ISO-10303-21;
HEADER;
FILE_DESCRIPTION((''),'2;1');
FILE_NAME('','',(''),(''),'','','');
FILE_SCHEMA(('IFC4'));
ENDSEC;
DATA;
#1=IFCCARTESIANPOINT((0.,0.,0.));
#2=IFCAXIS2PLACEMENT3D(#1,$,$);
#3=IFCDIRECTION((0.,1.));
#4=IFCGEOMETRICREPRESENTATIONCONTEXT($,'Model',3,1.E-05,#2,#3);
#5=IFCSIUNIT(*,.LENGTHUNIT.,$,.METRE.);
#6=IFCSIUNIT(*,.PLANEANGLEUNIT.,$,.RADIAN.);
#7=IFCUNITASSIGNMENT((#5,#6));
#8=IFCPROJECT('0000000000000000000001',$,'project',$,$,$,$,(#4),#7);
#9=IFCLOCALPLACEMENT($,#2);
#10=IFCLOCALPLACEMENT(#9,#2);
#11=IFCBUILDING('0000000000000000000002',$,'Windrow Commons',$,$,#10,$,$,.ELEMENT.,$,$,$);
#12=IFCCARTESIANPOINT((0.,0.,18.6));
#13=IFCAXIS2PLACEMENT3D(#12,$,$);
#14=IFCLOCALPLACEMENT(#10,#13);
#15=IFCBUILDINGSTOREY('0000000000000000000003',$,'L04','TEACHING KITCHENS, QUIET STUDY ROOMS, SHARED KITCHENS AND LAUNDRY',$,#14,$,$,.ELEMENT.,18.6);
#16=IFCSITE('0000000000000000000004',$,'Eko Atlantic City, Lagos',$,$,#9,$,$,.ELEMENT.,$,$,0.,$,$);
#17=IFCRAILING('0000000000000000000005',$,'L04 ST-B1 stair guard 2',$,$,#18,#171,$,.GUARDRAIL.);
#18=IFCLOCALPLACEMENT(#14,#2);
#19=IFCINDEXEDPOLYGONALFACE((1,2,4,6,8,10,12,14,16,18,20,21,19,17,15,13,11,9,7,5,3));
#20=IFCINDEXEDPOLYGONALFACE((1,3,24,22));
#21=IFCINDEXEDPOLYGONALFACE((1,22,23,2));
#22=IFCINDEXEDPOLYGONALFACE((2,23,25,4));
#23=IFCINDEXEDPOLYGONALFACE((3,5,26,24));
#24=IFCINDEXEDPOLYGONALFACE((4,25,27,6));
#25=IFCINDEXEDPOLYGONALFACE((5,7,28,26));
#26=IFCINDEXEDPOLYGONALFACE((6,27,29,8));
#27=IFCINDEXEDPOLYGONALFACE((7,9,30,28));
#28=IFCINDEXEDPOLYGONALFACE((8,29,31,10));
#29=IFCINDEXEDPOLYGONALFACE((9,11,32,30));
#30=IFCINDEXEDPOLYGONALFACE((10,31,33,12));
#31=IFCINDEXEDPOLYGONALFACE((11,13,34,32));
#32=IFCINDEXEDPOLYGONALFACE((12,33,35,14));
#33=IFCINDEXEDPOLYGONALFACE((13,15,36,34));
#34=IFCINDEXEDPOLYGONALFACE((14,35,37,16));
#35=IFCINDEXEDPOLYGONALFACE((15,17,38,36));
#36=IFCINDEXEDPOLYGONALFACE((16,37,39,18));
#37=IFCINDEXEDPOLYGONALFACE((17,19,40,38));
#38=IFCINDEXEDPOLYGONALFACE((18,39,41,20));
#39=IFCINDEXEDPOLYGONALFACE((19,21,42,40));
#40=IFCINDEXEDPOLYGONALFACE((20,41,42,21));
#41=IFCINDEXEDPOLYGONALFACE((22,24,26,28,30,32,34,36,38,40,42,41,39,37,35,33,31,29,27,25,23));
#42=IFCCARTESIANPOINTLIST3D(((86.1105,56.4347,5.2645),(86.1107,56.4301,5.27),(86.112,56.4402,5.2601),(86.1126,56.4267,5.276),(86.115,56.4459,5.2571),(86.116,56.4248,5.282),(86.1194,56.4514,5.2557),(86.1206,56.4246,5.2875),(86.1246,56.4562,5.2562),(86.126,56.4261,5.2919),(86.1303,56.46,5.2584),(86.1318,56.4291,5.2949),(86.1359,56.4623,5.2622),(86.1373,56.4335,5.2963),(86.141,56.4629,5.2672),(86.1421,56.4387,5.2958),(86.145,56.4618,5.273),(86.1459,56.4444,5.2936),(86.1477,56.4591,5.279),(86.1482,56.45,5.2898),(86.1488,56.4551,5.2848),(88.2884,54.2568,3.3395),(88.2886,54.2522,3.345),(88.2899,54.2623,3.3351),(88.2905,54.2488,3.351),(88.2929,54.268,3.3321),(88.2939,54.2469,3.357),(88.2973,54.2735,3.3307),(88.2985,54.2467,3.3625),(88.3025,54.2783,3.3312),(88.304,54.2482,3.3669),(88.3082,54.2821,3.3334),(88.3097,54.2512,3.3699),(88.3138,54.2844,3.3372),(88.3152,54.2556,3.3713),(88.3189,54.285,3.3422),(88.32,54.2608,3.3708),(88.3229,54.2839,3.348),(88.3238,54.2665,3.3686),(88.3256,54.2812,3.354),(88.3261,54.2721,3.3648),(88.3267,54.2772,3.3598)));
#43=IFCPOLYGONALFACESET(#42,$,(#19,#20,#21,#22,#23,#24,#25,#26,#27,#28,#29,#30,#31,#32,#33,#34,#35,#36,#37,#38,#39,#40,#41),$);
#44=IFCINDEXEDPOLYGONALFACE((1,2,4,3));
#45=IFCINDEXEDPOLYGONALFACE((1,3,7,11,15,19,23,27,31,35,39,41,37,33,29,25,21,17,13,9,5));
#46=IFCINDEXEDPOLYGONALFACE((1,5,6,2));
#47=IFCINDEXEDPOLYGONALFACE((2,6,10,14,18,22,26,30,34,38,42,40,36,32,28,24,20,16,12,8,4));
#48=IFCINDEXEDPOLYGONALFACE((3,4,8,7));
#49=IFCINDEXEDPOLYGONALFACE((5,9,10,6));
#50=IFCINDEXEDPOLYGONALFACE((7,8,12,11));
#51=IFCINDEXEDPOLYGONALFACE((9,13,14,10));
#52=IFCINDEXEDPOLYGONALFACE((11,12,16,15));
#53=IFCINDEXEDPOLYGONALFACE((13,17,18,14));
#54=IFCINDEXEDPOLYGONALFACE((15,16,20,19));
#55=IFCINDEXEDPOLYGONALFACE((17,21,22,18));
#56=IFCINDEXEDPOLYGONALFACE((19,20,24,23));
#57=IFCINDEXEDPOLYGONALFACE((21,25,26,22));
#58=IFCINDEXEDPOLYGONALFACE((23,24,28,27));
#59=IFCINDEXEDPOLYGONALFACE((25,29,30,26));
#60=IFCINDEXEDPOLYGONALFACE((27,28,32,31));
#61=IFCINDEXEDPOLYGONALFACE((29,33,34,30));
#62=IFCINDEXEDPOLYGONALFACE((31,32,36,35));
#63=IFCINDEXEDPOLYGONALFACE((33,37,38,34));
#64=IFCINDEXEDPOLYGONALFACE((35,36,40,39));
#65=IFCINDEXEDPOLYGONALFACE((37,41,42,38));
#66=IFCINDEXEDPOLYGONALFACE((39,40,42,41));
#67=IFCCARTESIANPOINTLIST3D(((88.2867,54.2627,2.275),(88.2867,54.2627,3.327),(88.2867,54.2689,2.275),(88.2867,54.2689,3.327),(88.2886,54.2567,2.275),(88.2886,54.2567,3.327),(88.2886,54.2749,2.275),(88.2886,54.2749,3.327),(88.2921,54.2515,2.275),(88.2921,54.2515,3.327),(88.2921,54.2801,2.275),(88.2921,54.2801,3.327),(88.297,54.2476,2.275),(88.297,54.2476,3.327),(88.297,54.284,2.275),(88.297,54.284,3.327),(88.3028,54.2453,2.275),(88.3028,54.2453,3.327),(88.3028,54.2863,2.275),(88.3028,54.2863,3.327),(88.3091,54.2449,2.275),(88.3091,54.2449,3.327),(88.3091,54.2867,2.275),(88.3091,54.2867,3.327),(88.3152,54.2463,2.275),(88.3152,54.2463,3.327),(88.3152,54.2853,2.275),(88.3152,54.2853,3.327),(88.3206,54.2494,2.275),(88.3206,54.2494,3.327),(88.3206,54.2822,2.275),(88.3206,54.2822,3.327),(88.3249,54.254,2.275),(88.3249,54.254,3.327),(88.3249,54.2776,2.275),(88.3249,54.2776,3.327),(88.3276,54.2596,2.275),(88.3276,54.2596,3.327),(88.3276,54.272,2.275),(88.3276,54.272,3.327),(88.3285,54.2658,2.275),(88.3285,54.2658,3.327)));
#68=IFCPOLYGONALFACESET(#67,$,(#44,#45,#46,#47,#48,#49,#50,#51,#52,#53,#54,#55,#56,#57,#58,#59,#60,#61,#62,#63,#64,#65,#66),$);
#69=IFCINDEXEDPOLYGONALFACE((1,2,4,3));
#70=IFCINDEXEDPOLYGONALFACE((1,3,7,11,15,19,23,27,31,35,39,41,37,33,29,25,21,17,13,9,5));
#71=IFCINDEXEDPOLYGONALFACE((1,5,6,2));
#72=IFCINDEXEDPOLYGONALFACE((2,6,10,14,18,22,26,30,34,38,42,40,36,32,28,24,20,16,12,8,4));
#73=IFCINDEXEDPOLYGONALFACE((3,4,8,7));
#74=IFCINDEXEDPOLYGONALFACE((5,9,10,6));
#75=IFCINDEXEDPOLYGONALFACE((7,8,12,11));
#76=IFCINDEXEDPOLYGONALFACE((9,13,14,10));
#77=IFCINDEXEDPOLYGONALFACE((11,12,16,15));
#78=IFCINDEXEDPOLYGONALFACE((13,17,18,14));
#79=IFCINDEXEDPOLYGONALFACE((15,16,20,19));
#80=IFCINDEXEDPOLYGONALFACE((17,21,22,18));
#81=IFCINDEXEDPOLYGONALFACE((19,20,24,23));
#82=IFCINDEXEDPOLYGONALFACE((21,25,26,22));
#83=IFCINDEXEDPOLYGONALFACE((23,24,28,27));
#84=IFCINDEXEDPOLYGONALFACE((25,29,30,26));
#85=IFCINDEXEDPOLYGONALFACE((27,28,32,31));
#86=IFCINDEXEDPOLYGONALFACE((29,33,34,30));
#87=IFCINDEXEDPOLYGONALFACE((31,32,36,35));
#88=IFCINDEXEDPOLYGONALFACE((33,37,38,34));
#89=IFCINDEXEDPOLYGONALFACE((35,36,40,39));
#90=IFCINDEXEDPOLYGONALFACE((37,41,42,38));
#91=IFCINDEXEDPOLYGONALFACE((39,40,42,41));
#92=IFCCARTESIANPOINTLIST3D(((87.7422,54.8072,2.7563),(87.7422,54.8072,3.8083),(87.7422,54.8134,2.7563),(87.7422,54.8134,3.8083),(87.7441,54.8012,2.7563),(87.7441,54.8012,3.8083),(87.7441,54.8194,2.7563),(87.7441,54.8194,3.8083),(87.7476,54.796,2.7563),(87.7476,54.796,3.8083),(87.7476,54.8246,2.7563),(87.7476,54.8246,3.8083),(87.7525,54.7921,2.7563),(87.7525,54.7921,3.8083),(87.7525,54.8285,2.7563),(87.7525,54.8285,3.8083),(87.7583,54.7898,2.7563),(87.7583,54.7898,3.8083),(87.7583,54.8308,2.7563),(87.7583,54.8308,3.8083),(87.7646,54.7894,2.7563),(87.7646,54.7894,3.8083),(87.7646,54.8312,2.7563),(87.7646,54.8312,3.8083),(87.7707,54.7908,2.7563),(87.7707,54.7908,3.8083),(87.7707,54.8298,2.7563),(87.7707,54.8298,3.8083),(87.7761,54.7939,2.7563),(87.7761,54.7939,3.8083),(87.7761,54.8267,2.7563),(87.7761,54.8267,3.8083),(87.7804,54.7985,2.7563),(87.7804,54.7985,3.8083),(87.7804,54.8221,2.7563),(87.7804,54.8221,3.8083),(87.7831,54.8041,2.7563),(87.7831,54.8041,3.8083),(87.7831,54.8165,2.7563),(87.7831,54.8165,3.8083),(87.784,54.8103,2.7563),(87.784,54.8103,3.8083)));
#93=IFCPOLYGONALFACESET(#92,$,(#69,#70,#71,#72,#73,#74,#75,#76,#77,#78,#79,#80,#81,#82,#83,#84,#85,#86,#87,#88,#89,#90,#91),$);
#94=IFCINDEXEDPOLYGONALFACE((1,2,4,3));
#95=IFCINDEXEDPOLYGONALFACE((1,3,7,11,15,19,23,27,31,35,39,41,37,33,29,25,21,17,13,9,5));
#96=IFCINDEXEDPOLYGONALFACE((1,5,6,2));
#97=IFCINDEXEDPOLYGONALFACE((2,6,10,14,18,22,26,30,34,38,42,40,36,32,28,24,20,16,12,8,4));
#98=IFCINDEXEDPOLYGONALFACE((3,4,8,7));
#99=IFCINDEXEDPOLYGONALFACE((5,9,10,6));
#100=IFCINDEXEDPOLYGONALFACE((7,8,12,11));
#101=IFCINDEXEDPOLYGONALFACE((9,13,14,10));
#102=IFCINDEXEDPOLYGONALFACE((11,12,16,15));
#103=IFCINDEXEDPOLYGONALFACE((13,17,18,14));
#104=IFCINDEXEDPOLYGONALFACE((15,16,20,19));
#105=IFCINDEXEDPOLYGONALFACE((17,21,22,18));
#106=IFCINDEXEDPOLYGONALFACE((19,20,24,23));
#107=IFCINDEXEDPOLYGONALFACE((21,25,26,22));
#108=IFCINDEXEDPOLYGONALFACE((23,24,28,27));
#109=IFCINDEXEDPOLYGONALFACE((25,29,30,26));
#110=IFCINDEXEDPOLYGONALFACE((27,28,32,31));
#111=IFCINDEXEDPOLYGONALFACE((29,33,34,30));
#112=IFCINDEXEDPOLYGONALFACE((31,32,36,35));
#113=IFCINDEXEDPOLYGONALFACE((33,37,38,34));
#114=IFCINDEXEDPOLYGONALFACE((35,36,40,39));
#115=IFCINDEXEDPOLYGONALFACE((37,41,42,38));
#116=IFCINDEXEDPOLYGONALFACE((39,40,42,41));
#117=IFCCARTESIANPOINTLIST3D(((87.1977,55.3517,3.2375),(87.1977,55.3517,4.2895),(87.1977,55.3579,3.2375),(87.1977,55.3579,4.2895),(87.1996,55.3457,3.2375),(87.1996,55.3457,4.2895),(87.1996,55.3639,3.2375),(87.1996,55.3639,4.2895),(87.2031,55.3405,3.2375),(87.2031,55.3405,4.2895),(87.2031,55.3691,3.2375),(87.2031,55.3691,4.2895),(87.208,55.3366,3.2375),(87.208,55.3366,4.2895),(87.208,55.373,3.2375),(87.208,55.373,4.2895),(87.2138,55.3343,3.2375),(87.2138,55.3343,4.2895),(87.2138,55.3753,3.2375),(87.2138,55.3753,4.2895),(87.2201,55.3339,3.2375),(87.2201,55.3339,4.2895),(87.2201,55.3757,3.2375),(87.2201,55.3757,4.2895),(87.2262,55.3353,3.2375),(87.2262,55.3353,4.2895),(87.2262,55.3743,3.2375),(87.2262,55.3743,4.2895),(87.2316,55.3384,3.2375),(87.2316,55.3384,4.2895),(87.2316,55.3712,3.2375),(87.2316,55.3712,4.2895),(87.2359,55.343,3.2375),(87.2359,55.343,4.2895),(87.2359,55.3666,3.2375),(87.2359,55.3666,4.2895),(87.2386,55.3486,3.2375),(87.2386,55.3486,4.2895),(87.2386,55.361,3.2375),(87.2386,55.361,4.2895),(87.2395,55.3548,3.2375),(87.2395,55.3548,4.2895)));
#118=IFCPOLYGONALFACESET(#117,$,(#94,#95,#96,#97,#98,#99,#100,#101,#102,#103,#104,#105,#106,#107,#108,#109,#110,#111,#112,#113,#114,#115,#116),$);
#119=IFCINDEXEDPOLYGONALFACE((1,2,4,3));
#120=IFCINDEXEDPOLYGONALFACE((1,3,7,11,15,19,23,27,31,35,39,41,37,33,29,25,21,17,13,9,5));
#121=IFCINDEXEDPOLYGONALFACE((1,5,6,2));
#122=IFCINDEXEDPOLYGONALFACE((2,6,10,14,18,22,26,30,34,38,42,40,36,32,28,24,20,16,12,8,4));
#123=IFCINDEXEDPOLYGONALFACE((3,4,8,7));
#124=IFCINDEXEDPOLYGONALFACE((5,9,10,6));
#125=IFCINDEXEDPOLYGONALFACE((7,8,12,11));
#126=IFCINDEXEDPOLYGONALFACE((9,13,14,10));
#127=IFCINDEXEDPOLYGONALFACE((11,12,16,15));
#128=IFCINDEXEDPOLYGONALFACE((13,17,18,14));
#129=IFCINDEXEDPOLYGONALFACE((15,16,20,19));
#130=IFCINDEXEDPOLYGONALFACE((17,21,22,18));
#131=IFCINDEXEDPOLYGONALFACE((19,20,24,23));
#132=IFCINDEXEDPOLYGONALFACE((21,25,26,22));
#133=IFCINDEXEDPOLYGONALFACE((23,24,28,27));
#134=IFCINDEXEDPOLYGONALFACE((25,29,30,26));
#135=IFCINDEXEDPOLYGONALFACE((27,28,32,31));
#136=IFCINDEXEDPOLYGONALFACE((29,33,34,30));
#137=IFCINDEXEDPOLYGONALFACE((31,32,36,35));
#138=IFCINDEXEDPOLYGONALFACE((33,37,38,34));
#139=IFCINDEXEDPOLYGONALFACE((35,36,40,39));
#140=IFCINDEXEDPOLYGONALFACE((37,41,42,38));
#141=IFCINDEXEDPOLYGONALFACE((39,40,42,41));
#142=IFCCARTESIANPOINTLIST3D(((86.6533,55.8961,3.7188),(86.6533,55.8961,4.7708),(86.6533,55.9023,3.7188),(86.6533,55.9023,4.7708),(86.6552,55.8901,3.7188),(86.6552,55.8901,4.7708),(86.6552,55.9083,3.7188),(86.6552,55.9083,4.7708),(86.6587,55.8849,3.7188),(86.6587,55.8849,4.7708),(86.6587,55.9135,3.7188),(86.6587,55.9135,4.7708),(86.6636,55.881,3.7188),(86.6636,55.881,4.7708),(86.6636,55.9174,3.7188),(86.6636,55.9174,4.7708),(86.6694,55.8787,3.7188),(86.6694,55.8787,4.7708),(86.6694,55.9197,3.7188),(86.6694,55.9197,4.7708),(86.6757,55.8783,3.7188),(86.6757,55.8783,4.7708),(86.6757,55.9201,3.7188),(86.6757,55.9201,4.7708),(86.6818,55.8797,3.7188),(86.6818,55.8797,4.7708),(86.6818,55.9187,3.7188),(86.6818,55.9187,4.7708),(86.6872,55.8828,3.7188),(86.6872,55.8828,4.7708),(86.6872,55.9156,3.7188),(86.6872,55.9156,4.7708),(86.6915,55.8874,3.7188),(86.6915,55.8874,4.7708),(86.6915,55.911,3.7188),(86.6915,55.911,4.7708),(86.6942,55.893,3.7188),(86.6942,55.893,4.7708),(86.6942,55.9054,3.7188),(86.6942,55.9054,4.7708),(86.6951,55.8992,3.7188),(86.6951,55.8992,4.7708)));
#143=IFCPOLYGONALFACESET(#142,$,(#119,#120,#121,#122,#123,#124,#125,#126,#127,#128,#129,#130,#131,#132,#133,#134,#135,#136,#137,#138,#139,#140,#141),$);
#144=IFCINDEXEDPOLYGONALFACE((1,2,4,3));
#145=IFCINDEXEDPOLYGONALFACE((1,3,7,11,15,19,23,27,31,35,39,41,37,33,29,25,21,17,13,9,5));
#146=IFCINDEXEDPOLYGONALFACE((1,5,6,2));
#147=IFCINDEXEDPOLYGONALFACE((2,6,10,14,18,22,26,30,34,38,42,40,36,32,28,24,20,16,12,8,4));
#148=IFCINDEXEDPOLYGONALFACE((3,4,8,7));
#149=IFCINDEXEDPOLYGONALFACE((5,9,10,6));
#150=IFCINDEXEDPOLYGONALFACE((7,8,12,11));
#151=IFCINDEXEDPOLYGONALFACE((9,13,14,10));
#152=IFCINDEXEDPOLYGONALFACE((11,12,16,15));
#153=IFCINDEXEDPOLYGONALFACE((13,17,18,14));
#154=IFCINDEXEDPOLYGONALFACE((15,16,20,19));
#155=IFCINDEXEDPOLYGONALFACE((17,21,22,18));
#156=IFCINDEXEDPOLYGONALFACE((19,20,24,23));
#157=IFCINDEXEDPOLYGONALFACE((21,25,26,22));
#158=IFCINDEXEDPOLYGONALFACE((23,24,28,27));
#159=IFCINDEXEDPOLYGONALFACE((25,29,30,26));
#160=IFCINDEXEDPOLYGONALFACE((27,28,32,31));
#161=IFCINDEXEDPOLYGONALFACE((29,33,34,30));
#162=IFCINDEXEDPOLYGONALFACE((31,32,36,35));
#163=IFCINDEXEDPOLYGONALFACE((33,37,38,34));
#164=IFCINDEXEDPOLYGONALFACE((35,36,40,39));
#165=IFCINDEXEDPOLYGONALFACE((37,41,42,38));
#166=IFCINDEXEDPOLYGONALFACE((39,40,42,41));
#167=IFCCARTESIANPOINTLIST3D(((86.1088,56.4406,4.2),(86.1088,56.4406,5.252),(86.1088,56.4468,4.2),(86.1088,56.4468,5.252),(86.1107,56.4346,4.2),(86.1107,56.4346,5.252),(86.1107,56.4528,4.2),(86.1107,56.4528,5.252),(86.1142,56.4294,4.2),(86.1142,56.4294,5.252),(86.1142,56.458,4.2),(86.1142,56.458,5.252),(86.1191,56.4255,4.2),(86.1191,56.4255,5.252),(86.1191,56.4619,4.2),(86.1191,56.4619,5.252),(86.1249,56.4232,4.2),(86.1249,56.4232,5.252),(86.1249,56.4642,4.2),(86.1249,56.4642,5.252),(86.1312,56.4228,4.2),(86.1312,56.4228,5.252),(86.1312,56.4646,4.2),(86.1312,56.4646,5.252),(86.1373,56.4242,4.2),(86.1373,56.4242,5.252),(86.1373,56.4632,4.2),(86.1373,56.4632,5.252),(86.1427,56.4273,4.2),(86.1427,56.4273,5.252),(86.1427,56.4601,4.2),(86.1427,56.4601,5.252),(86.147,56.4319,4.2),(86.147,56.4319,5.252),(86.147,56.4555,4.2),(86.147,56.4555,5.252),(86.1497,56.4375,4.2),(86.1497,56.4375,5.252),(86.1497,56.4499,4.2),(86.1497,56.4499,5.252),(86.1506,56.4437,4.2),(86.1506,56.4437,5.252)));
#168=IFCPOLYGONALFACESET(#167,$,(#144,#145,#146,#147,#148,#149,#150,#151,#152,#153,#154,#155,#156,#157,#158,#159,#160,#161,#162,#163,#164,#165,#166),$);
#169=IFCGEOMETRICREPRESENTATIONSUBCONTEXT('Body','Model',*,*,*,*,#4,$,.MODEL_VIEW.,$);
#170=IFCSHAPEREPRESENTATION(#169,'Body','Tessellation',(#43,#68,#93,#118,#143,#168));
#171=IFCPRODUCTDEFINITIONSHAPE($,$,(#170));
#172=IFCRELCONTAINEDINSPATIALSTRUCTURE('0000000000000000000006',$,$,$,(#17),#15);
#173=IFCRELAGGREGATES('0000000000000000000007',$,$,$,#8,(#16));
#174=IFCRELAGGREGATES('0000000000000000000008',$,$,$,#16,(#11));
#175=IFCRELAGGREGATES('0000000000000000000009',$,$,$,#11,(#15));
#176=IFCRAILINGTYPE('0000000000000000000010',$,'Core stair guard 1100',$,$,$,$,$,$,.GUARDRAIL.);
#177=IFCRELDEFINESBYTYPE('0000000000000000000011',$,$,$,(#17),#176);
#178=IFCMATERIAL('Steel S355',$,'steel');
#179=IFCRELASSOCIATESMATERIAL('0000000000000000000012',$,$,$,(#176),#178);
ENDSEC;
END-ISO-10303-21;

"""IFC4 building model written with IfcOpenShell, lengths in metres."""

from ifc_helpers import new_model, si_unit, direction, frame, origin, origin_2d, place, context, subcontext, project, spatial, circle, extrude, material, type_object, element, save


model = new_model("IFC4")

# Units and contexts
model_context = context("Model", 3, precision=1e-05, world=origin(), true_north=direction((0.0, 1.0)))
body_context = subcontext(model_context, "Body", "Model", "MODEL_VIEW")
ifc_project = project(units=[si_unit("LENGTHUNIT", "METRE"), si_unit("PLANEANGLEUNIT", "RADIAN")], contexts=[model_context])

# Site, building, storey
site_placement = place(None, origin())
site = spatial("IfcSite", under=ifc_project, at=site_placement, Name="Eko Atlantic City, Lagos", CompositionType="ELEMENT", RefElevation=0.0)
building_placement = place(site_placement, origin())
building = spatial("IfcBuilding", under=site, at=building_placement, Name="Windrow Commons", CompositionType="ELEMENT")
storey_placement = place(building_placement, frame((0.0, 0.0, 18.6)))
storey = spatial("IfcBuildingStorey", under=building, at=storey_placement, Name="L04", Description="TEACHING KITCHENS, QUIET STUDY ROOMS, SHARED KITCHENS AND LAUNDRY", CompositionType="ELEMENT", Elevation=18.6)

# Railing
ifc_material_1 = material(Name="Steel S355", Category="steel")
railing_type_1 = type_object("IfcRailingType", Name="Core stair guard 1100", PredefinedType="GUARDRAIL", material=ifc_material_1)
railing_1_placement = place(storey_placement, frame((88.3075, 54.2658, 2.275)))
element("IfcRailing", 1, at=railing_1_placement, inside=storey, type_object=railing_type_1, Name="L04 ST-B1 stair guard 2", PredefinedType="GUARDRAIL", context=body_context, shape_type="SweptSolid", body=[
    extrude(circle(Radius=0.024, at=origin_2d()), frame((0.0, 0.0, 1.076), z_axis=(-0.599626, 0.599626, 0.529997), x_axis=(-0.707107, -0.707107, 0.0)), (0.0, 0.0, 1.0), 3.6321),
    extrude(circle(Radius=0.021, at=origin_2d()), origin(), (0.0, 0.0, 1.0), 1.052),
    extrude(circle(Radius=0.021, at=origin_2d()), frame((-0.5445, 0.5445, 0.4813)), (0.0, 0.0, 1.0), 1.052),
    extrude(circle(Radius=0.021, at=origin_2d()), frame((-1.089, 1.089, 0.9625)), (0.0, 0.0, 1.0), 1.052),
    extrude(circle(Radius=0.021, at=origin_2d()), frame((-1.6334, 1.6334, 1.4438)), (0.0, 0.0, 1.0), 1.052),
    extrude(circle(Radius=0.021, at=origin_2d()), frame((-2.1779, 2.1779, 1.925)), (0.0, 0.0, 1.0), 1.052),
])

save(model, "model.ifc")
